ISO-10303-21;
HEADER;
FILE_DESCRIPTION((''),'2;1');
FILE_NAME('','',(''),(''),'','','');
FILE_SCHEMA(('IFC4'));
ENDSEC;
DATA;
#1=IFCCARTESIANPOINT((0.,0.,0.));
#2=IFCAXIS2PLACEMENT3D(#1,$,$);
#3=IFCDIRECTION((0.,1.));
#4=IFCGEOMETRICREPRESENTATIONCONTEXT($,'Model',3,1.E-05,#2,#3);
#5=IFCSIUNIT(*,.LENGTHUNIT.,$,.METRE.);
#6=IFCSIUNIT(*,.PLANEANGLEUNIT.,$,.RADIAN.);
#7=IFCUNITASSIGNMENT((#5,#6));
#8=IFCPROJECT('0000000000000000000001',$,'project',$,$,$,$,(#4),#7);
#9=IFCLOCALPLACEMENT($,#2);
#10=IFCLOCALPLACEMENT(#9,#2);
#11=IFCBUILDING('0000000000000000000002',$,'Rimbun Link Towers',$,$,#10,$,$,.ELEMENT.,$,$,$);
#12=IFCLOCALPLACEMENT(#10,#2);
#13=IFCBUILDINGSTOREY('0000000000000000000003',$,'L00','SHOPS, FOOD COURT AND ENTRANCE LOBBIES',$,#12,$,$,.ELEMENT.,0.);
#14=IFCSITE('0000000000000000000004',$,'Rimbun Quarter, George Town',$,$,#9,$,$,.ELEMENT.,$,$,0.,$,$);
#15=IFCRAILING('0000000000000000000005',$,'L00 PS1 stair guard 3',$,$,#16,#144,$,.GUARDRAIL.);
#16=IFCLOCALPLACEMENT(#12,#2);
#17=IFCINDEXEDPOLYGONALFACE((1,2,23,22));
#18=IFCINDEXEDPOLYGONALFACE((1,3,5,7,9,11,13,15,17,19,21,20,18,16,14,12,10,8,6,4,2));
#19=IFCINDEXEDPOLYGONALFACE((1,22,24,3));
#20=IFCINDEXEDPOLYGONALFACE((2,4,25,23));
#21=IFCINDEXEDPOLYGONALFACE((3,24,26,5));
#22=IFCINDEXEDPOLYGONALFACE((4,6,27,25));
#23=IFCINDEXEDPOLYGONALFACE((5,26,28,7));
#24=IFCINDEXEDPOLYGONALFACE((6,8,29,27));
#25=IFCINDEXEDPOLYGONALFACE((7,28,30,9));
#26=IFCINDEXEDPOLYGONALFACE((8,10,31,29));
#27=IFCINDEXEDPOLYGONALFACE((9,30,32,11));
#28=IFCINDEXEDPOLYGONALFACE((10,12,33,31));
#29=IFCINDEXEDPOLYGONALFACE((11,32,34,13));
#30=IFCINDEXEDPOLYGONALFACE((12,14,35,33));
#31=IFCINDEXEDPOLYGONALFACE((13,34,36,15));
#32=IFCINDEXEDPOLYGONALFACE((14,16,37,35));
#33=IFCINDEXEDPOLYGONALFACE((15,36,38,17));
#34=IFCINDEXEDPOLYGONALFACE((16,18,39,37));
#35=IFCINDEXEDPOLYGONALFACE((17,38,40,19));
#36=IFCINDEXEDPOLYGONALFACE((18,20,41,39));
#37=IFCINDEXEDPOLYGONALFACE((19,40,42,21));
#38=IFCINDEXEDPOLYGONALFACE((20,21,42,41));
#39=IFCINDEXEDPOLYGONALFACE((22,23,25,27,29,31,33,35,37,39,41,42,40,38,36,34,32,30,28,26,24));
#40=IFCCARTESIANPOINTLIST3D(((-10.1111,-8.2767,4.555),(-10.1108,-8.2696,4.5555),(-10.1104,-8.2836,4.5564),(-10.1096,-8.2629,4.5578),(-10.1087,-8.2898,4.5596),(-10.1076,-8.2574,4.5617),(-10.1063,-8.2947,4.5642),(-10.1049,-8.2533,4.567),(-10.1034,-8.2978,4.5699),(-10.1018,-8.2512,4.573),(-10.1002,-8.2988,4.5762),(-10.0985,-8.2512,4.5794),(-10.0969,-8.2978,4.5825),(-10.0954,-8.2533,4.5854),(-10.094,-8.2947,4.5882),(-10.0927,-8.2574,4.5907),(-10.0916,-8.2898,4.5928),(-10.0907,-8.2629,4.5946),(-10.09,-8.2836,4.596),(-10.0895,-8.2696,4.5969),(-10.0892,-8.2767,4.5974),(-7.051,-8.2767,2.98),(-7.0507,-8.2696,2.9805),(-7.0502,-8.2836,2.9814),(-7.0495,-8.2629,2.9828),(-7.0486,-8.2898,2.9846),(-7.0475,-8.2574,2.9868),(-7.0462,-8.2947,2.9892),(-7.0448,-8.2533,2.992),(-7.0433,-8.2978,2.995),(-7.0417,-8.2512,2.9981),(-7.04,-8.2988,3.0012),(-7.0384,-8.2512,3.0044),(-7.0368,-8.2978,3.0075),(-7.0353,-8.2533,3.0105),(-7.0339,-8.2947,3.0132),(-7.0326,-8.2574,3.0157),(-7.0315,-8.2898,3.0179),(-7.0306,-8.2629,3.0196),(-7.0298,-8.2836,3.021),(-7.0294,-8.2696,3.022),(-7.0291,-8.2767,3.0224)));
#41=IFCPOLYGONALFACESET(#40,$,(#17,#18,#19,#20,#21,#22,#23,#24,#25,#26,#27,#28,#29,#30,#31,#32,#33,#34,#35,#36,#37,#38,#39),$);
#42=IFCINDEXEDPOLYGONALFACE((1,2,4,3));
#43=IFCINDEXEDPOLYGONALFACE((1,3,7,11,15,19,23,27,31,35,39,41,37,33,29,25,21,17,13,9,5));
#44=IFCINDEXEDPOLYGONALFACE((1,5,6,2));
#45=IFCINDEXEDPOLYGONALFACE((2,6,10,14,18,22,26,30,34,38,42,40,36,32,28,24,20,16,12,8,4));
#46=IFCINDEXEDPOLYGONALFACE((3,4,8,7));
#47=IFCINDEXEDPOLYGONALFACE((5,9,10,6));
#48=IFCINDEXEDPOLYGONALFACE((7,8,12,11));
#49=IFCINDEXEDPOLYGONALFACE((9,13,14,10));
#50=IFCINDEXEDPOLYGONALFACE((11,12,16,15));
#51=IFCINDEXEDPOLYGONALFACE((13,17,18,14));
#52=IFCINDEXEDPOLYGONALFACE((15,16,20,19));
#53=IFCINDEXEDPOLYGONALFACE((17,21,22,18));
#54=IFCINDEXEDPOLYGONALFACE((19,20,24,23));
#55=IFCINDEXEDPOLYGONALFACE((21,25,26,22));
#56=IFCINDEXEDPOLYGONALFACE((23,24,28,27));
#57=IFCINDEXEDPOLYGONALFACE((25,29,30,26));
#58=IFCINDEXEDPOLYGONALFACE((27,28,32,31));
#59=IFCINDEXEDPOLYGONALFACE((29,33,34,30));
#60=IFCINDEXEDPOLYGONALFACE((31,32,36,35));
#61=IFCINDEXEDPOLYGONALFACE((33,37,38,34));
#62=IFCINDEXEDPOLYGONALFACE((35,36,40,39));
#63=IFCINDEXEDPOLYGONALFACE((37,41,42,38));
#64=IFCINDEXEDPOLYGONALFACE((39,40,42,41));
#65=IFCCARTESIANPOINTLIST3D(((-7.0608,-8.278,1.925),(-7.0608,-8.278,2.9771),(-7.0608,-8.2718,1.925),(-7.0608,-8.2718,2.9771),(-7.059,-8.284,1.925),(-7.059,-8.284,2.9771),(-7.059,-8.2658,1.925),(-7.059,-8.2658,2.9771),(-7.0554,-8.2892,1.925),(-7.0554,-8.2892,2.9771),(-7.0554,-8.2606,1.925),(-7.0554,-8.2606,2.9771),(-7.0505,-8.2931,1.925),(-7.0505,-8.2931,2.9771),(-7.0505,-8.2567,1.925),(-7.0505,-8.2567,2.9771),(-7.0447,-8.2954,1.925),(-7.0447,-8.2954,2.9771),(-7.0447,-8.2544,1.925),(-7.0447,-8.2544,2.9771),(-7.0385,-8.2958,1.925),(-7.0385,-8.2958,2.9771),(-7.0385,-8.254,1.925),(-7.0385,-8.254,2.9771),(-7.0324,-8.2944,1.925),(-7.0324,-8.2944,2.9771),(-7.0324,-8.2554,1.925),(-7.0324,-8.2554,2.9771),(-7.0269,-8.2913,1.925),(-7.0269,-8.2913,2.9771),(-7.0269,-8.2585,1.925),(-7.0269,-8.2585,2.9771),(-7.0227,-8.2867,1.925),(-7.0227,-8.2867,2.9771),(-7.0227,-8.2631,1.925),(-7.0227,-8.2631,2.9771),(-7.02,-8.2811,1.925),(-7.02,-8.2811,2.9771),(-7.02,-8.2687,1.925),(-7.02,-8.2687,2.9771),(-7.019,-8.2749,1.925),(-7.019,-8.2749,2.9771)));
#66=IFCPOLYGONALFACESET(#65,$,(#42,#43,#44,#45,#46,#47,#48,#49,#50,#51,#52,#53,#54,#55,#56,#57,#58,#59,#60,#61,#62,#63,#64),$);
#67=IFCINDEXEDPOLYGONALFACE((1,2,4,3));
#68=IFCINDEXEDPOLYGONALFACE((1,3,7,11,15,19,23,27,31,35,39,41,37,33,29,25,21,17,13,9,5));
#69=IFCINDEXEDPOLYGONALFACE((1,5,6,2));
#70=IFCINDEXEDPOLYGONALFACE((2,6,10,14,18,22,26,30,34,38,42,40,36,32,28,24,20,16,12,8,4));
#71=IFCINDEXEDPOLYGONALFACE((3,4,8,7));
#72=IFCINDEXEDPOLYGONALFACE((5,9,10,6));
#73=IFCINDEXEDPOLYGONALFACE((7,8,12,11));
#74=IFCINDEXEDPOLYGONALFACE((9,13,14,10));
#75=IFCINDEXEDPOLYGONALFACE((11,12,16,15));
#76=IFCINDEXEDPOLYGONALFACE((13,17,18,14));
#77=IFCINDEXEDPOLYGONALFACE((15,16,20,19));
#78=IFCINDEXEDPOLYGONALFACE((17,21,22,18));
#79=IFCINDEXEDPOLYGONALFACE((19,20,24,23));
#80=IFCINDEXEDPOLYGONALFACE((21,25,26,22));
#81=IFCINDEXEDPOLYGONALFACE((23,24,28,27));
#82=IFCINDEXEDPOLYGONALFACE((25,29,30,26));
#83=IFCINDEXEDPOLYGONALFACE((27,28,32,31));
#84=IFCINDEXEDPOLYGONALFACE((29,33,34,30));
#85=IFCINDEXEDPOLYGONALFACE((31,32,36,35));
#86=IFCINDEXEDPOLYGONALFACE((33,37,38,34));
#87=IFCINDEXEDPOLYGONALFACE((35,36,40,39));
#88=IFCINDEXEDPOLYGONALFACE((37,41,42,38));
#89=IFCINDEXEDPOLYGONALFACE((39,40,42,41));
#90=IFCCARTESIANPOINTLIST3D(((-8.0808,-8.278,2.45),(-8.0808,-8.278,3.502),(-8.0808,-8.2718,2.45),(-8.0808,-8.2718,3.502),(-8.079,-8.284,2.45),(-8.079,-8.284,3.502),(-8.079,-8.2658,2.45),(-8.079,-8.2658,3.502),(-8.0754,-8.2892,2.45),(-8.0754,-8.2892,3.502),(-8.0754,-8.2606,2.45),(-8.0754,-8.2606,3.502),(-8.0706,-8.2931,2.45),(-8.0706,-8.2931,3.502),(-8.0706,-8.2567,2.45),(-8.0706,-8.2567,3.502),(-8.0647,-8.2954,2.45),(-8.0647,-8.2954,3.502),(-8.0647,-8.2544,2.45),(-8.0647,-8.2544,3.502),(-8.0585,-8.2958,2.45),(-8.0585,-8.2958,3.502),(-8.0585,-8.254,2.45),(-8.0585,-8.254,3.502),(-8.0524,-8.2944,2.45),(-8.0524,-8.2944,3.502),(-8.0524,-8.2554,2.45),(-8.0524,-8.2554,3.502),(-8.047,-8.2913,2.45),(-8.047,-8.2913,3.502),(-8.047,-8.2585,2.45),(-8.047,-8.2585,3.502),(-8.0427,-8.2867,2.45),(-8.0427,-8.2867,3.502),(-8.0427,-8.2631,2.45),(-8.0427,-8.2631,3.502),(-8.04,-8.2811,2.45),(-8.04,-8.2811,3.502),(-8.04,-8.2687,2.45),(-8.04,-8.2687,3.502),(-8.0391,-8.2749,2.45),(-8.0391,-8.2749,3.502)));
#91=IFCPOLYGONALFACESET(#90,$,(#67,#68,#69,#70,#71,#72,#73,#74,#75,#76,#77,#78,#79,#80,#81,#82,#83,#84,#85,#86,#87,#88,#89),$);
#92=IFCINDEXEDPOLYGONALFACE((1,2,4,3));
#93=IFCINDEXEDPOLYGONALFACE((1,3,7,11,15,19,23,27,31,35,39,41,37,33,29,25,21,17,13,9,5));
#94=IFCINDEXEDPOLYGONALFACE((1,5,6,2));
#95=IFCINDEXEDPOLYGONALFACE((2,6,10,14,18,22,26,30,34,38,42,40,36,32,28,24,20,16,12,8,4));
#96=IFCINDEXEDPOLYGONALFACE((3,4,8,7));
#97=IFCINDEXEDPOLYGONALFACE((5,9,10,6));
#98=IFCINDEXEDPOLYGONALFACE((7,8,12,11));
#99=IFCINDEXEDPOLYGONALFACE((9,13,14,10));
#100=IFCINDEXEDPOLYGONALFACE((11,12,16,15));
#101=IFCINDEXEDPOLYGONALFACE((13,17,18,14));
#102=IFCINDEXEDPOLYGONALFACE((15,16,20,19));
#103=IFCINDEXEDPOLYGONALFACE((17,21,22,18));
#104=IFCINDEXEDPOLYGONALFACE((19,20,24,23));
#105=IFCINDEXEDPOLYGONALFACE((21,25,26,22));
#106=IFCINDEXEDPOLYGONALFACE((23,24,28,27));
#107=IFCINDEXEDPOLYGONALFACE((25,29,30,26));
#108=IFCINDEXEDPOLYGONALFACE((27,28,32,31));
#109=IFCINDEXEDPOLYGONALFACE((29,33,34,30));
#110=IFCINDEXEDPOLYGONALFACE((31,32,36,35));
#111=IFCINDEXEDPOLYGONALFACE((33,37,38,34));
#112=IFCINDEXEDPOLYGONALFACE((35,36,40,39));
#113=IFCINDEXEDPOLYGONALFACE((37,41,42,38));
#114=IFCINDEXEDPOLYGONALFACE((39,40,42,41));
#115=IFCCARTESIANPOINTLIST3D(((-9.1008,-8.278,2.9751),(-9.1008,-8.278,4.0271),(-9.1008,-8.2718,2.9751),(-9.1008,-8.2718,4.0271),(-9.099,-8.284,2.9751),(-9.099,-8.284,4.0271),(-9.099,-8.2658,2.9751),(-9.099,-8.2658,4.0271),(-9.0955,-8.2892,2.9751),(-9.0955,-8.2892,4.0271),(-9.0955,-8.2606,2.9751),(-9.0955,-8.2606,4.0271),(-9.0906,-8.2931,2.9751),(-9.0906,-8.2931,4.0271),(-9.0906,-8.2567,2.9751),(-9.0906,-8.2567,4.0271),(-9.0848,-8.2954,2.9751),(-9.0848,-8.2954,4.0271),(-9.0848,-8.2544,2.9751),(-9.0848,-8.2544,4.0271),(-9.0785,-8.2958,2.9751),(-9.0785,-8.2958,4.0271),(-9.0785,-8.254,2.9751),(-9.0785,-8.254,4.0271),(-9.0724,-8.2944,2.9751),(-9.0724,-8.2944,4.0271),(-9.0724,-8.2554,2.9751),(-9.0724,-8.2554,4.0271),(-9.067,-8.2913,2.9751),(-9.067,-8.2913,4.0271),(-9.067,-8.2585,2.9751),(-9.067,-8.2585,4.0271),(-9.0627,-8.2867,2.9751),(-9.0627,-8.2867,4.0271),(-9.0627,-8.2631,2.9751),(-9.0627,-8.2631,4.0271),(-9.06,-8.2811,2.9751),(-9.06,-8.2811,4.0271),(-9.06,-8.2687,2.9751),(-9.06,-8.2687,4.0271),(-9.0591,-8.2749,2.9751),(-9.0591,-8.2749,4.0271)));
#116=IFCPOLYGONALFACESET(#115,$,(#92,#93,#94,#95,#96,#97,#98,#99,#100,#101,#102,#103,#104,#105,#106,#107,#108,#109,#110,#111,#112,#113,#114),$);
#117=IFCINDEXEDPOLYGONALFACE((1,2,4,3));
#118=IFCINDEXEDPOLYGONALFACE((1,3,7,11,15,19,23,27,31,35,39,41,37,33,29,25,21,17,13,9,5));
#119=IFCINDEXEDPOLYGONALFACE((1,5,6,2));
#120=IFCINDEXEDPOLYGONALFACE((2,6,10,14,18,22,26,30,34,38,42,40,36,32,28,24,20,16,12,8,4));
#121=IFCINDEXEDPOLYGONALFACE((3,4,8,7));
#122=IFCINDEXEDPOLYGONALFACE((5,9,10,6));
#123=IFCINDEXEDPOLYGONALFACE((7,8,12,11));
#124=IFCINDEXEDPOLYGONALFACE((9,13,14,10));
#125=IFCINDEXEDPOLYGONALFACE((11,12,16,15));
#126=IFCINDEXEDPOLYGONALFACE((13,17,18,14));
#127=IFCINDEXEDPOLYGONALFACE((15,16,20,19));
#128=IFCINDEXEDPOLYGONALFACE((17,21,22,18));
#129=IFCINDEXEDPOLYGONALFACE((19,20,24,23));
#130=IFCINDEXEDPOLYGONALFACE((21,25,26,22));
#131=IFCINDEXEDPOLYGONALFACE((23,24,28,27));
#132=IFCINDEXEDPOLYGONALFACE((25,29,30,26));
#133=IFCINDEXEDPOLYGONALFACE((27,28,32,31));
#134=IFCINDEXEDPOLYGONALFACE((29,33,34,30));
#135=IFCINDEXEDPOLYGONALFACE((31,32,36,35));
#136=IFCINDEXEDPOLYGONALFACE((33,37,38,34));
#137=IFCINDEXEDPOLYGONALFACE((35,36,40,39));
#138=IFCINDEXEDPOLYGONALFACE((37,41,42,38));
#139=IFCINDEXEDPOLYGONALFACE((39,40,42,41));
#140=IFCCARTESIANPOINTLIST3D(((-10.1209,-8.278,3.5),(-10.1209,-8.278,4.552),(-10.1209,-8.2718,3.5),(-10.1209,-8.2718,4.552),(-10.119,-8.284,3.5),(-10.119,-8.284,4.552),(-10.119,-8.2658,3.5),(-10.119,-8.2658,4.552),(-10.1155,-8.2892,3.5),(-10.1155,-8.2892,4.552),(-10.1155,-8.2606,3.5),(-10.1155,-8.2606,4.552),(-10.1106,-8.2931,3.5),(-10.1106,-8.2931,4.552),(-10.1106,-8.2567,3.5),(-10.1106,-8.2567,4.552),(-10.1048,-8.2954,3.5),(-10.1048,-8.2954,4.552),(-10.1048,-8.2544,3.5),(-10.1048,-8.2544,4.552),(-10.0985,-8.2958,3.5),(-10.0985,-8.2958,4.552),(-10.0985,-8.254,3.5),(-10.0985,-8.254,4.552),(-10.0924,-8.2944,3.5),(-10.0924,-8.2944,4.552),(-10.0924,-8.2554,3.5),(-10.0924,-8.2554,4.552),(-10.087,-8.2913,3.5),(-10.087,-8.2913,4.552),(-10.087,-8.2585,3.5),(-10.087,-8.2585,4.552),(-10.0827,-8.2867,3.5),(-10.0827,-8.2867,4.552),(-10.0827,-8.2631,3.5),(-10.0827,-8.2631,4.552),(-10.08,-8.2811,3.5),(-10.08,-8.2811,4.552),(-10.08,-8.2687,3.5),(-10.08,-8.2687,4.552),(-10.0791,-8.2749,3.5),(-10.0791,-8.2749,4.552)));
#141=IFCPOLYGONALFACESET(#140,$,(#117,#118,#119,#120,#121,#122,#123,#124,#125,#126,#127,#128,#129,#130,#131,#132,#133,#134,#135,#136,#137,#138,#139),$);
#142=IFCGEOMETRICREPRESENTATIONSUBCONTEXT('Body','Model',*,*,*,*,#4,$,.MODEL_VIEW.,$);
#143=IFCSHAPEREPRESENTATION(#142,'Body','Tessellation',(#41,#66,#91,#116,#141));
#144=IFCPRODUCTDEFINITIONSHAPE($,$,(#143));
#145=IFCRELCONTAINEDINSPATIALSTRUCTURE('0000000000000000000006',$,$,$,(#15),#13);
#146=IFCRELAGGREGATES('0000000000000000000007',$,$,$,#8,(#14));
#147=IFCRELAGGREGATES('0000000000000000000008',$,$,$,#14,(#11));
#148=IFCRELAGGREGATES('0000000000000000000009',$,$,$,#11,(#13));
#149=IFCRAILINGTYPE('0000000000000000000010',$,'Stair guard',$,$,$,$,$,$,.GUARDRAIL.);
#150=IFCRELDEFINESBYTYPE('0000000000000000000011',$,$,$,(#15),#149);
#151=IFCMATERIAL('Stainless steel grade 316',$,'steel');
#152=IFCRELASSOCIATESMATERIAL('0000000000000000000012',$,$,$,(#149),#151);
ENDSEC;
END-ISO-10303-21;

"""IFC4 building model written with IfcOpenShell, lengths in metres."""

from ifc_helpers import new_model, si_unit, direction, frame, origin, origin_2d, place, context, subcontext, project, spatial, circle, extrude, material, type_object, element, save


model = new_model("IFC4")

# Units and contexts
model_context = context("Model", 3, precision=1e-05, world=origin(), true_north=direction((0.0, 1.0)))
body_context = subcontext(model_context, "Body", "Model", "MODEL_VIEW")
ifc_project = project(units=[si_unit("LENGTHUNIT", "METRE"), si_unit("PLANEANGLEUNIT", "RADIAN")], contexts=[model_context])

# Site, building, storey
site_placement = place(None, origin())
site = spatial("IfcSite", under=ifc_project, at=site_placement, Name="Rimbun Quarter, George Town", CompositionType="ELEMENT", RefElevation=0.0)
building_placement = place(site_placement, origin())
building = spatial("IfcBuilding", under=site, at=building_placement, Name="Rimbun Link Towers", CompositionType="ELEMENT")
storey_placement = place(building_placement, origin())
storey = spatial("IfcBuildingStorey", under=building, at=storey_placement, Name="L00", Description="SHOPS, FOOD COURT AND ENTRANCE LOBBIES", CompositionType="ELEMENT", Elevation=0.0)

# Railing
ifc_material_1 = material(Name="Stainless steel grade 316", Category="steel")
railing_type_1 = type_object("IfcRailingType", Name="Stair guard", PredefinedType="GUARDRAIL", material=ifc_material_1)
railing_1_placement = place(storey_placement, frame((-7.04, -8.2749, 1.925)))
element("IfcRailing", 1, at=railing_1_placement, inside=storey, type_object=railing_type_1, Name="L00 PS1 stair guard 3", PredefinedType="GUARDRAIL", context=body_context, shape_type="SweptSolid", body=[
    extrude(circle(Radius=0.0239, at=origin_2d()), frame((0.0, 0.0, 1.0762), z_axis=(-0.889145, 0.0, 0.457625), x_axis=(0.0, -1.0, 0.0)), (0.0, 0.0, 1.0), 3.4417),
    extrude(circle(Radius=0.021, at=origin_2d()), origin(), (0.0, 0.0, 1.0), 1.052),
    extrude(circle(Radius=0.021, at=origin_2d()), frame((-1.02, 0.0, 0.5249)), (0.0, 0.0, 1.0), 1.052),
    extrude(circle(Radius=0.021, at=origin_2d()), frame((-2.04, 0.0, 1.05)), (0.0, 0.0, 1.0), 1.052),
    extrude(circle(Radius=0.021, at=origin_2d()), frame((-3.0601, 0.0, 1.575)), (0.0, 0.0, 1.0), 1.052),
])

save(model, "model.ifc")
